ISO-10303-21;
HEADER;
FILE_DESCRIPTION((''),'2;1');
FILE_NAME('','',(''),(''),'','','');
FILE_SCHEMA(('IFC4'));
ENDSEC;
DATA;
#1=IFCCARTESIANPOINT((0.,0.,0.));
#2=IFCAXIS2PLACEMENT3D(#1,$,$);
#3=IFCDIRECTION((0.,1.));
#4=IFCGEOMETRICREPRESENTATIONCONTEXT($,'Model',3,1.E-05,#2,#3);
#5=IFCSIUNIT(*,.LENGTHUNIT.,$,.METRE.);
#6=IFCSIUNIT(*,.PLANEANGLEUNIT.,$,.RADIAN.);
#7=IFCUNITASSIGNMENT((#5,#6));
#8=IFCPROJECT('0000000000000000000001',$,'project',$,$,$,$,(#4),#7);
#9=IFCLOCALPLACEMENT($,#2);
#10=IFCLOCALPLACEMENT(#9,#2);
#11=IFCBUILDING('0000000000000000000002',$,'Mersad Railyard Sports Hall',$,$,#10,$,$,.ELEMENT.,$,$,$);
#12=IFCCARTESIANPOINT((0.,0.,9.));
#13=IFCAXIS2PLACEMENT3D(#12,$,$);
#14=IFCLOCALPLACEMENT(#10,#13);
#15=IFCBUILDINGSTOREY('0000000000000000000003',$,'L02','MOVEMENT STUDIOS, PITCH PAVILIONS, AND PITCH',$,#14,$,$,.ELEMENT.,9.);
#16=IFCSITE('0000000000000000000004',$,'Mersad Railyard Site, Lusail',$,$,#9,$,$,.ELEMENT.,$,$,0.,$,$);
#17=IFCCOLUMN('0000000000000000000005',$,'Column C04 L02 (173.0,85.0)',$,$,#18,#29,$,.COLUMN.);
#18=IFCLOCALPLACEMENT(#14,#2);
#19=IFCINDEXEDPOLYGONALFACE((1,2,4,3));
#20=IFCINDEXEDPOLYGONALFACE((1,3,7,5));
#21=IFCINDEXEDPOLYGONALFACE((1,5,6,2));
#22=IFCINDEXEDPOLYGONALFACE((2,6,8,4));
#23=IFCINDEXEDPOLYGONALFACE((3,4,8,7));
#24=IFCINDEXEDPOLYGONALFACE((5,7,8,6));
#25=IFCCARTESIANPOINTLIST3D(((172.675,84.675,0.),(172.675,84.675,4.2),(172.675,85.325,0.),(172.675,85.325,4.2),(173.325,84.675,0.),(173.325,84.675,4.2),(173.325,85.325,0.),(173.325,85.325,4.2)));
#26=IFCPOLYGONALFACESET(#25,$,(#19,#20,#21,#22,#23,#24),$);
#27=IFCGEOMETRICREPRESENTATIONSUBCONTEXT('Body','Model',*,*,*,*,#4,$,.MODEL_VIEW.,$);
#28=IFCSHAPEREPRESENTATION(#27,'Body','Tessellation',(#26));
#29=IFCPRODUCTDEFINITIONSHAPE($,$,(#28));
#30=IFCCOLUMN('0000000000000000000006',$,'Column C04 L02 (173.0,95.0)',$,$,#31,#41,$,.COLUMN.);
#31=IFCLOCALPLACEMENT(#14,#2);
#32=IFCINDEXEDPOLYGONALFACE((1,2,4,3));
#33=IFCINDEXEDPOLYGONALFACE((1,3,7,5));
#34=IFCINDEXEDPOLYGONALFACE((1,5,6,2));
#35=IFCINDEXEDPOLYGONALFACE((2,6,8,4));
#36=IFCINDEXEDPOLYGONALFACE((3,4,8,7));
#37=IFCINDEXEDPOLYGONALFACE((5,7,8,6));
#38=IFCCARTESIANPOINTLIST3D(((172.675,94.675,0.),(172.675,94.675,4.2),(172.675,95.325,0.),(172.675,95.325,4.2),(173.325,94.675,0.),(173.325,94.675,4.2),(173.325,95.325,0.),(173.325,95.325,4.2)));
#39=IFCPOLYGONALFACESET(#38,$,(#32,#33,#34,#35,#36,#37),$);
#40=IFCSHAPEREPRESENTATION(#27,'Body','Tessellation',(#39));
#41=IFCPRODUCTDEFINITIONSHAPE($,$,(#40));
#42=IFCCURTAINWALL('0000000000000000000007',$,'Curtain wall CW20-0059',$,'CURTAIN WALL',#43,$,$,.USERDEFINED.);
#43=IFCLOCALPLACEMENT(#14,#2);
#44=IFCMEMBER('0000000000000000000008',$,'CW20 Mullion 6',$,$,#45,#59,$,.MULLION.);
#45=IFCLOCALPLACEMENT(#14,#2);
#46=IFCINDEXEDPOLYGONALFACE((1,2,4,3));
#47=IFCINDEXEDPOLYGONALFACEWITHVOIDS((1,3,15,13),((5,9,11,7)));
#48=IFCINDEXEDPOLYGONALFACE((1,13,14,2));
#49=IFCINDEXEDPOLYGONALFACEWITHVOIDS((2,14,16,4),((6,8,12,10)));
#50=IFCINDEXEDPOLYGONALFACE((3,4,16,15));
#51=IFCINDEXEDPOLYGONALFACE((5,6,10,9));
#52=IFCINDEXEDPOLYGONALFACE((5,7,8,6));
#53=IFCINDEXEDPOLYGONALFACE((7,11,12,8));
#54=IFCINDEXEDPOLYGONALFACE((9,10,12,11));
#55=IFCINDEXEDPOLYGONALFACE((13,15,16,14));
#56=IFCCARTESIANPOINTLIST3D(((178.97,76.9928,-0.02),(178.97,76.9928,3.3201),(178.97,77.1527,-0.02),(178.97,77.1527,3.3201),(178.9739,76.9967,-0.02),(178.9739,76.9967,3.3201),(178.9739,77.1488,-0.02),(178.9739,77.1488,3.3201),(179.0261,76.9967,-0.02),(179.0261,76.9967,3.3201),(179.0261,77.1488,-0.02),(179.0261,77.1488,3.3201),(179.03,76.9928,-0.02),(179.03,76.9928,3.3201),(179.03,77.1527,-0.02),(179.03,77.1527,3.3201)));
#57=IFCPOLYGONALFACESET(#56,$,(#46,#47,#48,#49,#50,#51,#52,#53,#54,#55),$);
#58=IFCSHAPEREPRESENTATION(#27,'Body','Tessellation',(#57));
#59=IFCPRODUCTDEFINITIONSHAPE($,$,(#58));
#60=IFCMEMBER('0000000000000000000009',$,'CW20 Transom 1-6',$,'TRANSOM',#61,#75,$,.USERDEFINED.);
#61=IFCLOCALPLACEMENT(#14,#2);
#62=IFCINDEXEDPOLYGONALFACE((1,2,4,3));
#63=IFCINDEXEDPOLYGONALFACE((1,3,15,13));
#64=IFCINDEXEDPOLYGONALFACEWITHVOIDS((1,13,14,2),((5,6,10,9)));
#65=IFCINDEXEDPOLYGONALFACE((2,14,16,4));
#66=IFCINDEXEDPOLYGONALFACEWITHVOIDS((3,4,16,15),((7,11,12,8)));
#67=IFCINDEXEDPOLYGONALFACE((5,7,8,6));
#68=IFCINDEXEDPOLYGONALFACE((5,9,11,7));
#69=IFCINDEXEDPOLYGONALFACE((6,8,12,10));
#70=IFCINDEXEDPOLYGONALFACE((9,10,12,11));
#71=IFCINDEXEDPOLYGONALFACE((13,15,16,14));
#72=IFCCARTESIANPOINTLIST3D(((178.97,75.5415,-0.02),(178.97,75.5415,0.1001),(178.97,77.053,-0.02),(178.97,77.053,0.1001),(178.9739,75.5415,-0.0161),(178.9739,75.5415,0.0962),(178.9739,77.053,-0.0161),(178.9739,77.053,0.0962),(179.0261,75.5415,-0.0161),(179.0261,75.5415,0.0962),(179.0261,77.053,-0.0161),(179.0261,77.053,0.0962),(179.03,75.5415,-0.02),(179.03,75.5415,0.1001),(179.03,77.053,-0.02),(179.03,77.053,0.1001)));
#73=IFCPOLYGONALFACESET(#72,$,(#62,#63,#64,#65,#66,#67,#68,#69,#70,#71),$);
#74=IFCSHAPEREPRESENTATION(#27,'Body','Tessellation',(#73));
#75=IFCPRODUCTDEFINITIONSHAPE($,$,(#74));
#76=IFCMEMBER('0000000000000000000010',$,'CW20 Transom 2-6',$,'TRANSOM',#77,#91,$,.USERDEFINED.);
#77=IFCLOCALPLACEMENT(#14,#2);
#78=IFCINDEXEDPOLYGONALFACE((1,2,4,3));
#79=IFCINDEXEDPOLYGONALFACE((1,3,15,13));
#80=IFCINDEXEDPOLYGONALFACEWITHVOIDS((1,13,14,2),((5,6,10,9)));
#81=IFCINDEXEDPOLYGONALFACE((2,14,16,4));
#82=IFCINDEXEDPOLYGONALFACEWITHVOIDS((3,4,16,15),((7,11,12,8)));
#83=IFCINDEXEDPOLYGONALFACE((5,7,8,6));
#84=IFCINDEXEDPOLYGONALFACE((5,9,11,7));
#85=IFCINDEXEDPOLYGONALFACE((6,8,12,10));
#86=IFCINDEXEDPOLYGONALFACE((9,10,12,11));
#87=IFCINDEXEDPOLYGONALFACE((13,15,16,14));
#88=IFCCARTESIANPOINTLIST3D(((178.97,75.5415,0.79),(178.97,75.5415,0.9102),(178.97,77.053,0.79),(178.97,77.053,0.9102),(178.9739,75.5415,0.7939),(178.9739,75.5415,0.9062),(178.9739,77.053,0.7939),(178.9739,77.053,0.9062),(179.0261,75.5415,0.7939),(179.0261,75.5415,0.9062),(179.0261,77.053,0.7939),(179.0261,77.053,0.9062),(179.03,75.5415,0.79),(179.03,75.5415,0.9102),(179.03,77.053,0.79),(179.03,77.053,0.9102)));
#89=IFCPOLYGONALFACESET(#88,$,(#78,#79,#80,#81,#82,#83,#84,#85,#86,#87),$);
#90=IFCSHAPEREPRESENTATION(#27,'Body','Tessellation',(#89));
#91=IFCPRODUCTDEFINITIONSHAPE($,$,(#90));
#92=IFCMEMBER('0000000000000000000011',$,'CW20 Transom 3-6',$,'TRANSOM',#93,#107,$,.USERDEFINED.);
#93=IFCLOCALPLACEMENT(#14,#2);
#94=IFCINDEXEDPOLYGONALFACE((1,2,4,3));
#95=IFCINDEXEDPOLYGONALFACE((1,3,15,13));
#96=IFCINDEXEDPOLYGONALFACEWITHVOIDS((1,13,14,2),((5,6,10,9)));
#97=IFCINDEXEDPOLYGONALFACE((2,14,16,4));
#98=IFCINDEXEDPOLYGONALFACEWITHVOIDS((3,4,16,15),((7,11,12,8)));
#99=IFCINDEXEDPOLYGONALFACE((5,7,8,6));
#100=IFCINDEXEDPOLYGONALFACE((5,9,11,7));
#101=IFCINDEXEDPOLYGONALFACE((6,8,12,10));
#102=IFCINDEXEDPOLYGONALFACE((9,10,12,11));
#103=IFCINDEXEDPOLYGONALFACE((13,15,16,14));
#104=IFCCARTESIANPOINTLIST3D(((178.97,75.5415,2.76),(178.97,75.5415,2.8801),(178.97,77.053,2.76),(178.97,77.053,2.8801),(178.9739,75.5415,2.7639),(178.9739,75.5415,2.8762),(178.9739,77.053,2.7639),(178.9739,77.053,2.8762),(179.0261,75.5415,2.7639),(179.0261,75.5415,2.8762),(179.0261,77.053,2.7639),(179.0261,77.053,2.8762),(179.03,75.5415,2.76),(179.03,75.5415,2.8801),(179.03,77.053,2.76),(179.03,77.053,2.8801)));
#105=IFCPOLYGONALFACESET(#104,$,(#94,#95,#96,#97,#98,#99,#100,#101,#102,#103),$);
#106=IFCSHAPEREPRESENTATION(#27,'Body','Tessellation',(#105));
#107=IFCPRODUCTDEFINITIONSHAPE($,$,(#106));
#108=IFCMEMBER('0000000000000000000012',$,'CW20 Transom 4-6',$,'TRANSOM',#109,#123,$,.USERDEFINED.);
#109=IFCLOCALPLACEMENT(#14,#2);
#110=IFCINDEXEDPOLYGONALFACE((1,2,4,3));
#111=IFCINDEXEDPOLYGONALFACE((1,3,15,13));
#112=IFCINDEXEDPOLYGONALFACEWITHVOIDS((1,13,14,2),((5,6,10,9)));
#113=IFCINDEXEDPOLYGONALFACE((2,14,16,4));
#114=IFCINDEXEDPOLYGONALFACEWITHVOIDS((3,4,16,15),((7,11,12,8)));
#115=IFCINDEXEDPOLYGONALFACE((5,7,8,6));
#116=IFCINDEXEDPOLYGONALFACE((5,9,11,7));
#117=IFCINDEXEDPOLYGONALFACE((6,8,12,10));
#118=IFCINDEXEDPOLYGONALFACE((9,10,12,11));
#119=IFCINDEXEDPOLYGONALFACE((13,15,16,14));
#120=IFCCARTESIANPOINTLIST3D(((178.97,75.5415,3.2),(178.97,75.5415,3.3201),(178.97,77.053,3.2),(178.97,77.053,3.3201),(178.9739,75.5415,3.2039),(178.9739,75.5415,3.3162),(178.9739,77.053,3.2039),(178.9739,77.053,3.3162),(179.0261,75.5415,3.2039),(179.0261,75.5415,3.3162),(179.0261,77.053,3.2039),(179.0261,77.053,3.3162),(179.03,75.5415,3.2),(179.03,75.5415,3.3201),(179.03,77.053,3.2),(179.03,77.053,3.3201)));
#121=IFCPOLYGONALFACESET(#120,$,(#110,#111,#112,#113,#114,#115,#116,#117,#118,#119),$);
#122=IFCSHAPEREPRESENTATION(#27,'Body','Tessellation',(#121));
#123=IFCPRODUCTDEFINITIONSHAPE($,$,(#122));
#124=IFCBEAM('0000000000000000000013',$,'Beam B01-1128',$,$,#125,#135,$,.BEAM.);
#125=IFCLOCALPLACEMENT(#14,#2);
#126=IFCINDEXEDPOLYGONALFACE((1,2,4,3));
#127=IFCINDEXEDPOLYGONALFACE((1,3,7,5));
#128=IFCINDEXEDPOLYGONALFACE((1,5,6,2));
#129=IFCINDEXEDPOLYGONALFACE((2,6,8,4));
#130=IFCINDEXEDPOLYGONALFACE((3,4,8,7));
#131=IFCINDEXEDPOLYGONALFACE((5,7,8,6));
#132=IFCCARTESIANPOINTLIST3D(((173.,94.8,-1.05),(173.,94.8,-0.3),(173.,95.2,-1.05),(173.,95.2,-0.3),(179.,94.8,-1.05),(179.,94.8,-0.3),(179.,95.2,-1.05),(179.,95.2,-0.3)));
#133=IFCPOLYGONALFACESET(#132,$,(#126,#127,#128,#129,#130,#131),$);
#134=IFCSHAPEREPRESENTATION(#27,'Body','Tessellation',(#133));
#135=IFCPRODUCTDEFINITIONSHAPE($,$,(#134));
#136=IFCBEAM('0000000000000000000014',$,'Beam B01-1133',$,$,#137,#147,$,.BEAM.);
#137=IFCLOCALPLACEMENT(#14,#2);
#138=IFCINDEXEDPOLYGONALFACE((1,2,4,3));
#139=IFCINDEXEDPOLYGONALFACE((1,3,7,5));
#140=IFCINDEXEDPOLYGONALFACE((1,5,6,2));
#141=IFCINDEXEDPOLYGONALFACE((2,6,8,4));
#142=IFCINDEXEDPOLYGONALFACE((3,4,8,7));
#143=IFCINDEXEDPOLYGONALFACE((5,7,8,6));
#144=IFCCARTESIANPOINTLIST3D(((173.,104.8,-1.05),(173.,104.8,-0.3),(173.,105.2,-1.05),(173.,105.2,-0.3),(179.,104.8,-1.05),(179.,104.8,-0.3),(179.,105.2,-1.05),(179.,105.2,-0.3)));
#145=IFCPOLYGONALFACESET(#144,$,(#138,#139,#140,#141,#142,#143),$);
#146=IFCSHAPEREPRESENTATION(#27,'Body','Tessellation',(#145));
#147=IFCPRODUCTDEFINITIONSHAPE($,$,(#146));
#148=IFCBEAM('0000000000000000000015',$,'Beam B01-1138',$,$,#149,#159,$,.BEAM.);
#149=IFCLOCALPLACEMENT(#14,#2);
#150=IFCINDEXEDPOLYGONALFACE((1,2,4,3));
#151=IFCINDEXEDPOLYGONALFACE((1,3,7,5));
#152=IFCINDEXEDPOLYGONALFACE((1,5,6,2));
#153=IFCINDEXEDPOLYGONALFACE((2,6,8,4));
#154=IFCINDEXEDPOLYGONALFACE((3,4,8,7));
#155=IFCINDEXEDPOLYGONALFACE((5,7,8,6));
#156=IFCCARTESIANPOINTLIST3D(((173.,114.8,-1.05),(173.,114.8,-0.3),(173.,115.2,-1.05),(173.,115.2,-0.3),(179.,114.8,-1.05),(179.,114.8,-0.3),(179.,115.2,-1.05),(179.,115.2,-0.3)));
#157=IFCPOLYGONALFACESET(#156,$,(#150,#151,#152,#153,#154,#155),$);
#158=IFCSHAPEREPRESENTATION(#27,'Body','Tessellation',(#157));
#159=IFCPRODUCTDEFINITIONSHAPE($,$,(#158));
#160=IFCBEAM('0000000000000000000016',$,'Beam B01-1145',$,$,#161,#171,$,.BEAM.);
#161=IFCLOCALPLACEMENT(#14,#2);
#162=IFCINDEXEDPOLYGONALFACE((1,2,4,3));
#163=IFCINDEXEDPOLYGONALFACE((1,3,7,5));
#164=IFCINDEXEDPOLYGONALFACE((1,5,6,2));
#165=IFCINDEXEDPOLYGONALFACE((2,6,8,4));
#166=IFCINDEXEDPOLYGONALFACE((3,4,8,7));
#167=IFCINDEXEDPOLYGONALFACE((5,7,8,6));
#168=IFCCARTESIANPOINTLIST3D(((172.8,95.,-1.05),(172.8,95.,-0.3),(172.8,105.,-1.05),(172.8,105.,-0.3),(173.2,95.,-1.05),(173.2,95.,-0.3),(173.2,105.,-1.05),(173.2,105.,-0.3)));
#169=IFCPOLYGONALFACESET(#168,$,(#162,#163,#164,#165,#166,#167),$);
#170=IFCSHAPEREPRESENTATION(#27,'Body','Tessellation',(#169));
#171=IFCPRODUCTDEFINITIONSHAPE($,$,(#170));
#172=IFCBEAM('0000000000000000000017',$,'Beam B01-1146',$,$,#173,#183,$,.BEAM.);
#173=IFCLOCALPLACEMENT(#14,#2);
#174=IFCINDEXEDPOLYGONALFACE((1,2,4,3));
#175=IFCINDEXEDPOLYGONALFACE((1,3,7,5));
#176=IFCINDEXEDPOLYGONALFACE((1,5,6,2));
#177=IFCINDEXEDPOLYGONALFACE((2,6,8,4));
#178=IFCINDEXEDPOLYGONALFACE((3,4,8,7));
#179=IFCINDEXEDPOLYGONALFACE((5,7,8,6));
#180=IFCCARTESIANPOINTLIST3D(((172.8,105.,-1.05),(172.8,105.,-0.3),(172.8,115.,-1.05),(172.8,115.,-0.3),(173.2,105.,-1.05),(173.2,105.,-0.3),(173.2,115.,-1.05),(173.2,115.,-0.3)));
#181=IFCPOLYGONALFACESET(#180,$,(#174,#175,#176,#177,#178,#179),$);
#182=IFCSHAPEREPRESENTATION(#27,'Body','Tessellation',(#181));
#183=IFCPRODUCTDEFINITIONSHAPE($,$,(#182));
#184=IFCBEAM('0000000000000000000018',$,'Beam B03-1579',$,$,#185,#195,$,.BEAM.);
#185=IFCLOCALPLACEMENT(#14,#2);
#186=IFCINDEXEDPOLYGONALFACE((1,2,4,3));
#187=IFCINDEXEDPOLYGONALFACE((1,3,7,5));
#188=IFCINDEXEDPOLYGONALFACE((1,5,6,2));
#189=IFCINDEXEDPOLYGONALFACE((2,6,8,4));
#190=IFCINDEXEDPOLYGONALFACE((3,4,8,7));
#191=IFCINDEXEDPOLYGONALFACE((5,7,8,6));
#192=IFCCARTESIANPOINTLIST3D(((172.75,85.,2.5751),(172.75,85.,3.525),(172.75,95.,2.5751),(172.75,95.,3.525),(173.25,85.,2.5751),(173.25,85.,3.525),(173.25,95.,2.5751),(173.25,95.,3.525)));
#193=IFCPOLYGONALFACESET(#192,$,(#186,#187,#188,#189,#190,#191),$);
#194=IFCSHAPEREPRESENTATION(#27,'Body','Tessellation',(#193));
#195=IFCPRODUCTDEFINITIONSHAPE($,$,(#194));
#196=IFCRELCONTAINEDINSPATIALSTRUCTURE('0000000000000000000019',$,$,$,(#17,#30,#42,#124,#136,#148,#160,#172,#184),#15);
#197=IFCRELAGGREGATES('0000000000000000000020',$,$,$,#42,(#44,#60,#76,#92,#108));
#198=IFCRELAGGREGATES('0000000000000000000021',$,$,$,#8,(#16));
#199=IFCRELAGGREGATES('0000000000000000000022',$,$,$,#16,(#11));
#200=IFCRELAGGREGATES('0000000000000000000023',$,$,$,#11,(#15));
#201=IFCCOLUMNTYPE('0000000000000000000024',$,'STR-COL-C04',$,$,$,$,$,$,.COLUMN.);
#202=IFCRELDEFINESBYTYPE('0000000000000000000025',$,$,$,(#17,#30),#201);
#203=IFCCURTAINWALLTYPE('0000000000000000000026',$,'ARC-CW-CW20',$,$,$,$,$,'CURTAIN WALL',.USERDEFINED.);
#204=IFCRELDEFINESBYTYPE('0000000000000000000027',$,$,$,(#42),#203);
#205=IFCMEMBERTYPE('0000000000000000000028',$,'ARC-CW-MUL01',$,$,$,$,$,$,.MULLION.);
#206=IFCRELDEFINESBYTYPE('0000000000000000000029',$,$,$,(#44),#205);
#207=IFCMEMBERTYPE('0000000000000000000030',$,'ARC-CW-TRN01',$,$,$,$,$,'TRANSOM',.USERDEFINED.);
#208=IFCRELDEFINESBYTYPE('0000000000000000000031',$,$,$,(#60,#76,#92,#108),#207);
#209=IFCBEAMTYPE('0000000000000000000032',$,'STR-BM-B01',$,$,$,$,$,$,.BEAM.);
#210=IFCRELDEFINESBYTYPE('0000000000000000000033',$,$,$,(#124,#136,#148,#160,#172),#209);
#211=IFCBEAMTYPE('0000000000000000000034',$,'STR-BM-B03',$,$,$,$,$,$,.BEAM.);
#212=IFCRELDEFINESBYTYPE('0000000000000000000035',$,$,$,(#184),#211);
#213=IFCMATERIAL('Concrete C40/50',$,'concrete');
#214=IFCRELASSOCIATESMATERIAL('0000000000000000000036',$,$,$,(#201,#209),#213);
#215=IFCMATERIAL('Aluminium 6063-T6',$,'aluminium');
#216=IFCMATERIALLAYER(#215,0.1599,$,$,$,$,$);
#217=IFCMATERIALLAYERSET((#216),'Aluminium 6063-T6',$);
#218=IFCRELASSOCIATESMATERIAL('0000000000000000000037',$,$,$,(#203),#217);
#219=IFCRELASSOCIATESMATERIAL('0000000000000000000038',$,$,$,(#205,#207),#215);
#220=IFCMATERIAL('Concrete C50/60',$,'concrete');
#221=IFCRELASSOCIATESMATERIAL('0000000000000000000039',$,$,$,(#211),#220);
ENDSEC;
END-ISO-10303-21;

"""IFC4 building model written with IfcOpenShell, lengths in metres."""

from ifc_helpers import new_model, si_unit, direction, frame, origin, origin_2d, place, context, subcontext, project, spatial, rectangle, hollow_rectangle, extrude, material, layer, layer_set, material_profile, profile_set, type_object, element, aggregate, save


model = new_model("IFC4")

# Units and contexts
model_context = context("Model", 3, precision=1e-05, world=origin(), true_north=direction((0.0, 1.0)))
body_context = subcontext(model_context, "Body", "Model", "MODEL_VIEW")
ifc_project = project(units=[si_unit("LENGTHUNIT", "METRE"), si_unit("PLANEANGLEUNIT", "RADIAN")], contexts=[model_context])

# Site, building, storey
site_placement = place(None, origin())
site = spatial("IfcSite", under=ifc_project, at=site_placement, Name="Mersad Railyard Site, Lusail", CompositionType="ELEMENT", RefElevation=0.0)
building_placement = place(site_placement, origin())
building = spatial("IfcBuilding", under=site, at=building_placement, Name="Mersad Railyard Sports Hall", CompositionType="ELEMENT")
storey_placement = place(building_placement, frame((0.0, 0.0, 9.0)))
storey = spatial("IfcBuildingStorey", under=building, at=storey_placement, Name="L02", Description="MOVEMENT STUDIOS, PITCH PAVILIONS, AND PITCH", CompositionType="ELEMENT", Elevation=9.0)

# Columns
ifc_material_1 = material(Name="Concrete C40/50", Category="concrete")
ifc_material_profile_1 = material_profile(ifc_material_1, rectangle(XDim=0.6499, YDim=0.6499, at=origin_2d()), Name="RC 650x650")
ifc_profile_set_1 = profile_set([ifc_material_profile_1], Name="Concrete C40/50")
column_type = type_object("IfcColumnType", Name="STR-COL-C04", PredefinedType="COLUMN", material=ifc_profile_set_1)
for number, where, z_axis, x_axis, name in (
    (1, (173.0, 85.0, 0.0), (0.0, 0.0, 1.0), (1.0, 0.0, 0.0), "Column C04 L02 (173.0,85.0)"),
    (2, (173.0, 95.0, 0.0), (0.0, 0.0, 1.0), (1.0, 0.0, 0.0), "Column C04 L02 (173.0,95.0)"),
):
    element("IfcColumn", number, at=place(storey_placement, frame(where, z_axis=z_axis, x_axis=x_axis)), inside=storey, type_object=column_type, Name=name, PredefinedType="COLUMN", context=body_context, shape_type="SweptSolid", body=[
        extrude(rectangle(XDim=0.6499, YDim=0.6499, at=origin_2d()), origin(), (0.0, 0.0, 1.0), 4.2),
    ])

# Curtain wall, members
ifc_material_2 = material(Name="Aluminium 6063-T6", Category="aluminium")
ifc_layer_1 = layer(ifc_material_2, 0.1599)
ifc_layer_set_1 = layer_set([ifc_layer_1], Name="Aluminium 6063-T6")
curtain_wall_type = type_object("IfcCurtainWallType", Name="ARC-CW-CW20", ElementType="CURTAIN WALL", PredefinedType="USERDEFINED", material=ifc_layer_set_1)
curtain_wall_placement = place(storey_placement, origin())
curtain_wall = element("IfcCurtainWall", 3, at=curtain_wall_placement, inside=storey, type_object=curtain_wall_type, Name="Curtain wall CW20-0059", ObjectType="CURTAIN WALL", PredefinedType="USERDEFINED")
ifc_material_profile_2 = material_profile(ifc_material_2, hollow_rectangle(XDim=0.0601, YDim=0.1599, WallThickness=0.0039, at=origin_2d()), Name="AL MULLION 60x160x4")
ifc_profile_set_2 = profile_set([ifc_material_profile_2], Name="Aluminium 6063-T6")
member_type_1 = type_object("IfcMemberType", Name="ARC-CW-MUL01", PredefinedType="MULLION", material=ifc_profile_set_2)
member_1_placement = place(storey_placement, frame((179.0, 77.0728, -0.02), z_axis=(0.0, 0.0, 1.0), x_axis=(1.0, 0.0, 0.0)))
member_1 = element("IfcMember", 4, at=member_1_placement, type_object=member_type_1, Name="CW20 Mullion 6", PredefinedType="MULLION", context=body_context, shape_type="SweptSolid", body=[
    extrude(hollow_rectangle(XDim=0.0601, YDim=0.1599, WallThickness=0.0039, at=origin_2d()), origin(), (0.0, 0.0, 1.0), 3.3401),
])
ifc_material_profile_3 = material_profile(ifc_material_2, hollow_rectangle(XDim=0.0601, YDim=0.1201, WallThickness=0.0039, at=origin_2d()), Name="AL TRANSOM 60x120x4")
ifc_profile_set_3 = profile_set([ifc_material_profile_3], Name="Aluminium 6063-T6")
member_type_2 = type_object("IfcMemberType", Name="ARC-CW-TRN01", ElementType="TRANSOM", PredefinedType="USERDEFINED", material=ifc_profile_set_3)
member_2_placement = place(storey_placement, frame((179.0, 77.053, 0.04), z_axis=(0.0, -1.0, 0.0), x_axis=(1.0, 0.0, 0.0)))
member_2 = element("IfcMember", 5, at=member_2_placement, type_object=member_type_2, Name="CW20 Transom 1-6", ObjectType="TRANSOM", PredefinedType="USERDEFINED", context=body_context, shape_type="SweptSolid", body=[
    extrude(hollow_rectangle(XDim=0.0601, YDim=0.1201, WallThickness=0.0039, at=origin_2d()), origin(), (0.0, 0.0, 1.0), 1.5115),
])
member_3_placement = place(storey_placement, frame((179.0, 77.053, 0.8501), z_axis=(0.0, -1.0, 0.0), x_axis=(1.0, 0.0, 0.0)))
member_3 = element("IfcMember", 6, at=member_3_placement, type_object=member_type_2, Name="CW20 Transom 2-6", ObjectType="TRANSOM", PredefinedType="USERDEFINED", context=body_context, shape_type="SweptSolid", body=[
    extrude(hollow_rectangle(XDim=0.0601, YDim=0.1201, WallThickness=0.0039, at=origin_2d()), origin(), (0.0, 0.0, 1.0), 1.5115),
])
member_4_placement = place(storey_placement, frame((179.0, 77.053, 2.8201), z_axis=(0.0, -1.0, 0.0), x_axis=(1.0, 0.0, 0.0)))
member_4 = element("IfcMember", 7, at=member_4_placement, type_object=member_type_2, Name="CW20 Transom 3-6", ObjectType="TRANSOM", PredefinedType="USERDEFINED", context=body_context, shape_type="SweptSolid", body=[
    extrude(hollow_rectangle(XDim=0.0601, YDim=0.1201, WallThickness=0.0039, at=origin_2d()), origin(), (0.0, 0.0, 1.0), 1.5115),
])
member_5_placement = place(storey_placement, frame((179.0, 77.053, 3.26), z_axis=(0.0, -1.0, 0.0), x_axis=(1.0, 0.0, 0.0)))
member_5 = element("IfcMember", 8, at=member_5_placement, type_object=member_type_2, Name="CW20 Transom 4-6", ObjectType="TRANSOM", PredefinedType="USERDEFINED", context=body_context, shape_type="SweptSolid", body=[
    extrude(hollow_rectangle(XDim=0.0601, YDim=0.1201, WallThickness=0.0039, at=origin_2d()), origin(), (0.0, 0.0, 1.0), 1.5115),
])

# Beams
ifc_material_profile_4 = material_profile(ifc_material_1, rectangle(XDim=0.3999, YDim=0.75, at=origin_2d()), Name="RC 400x750")
ifc_profile_set_4 = profile_set([ifc_material_profile_4], Name="Concrete C40/50")
beam_type_1 = type_object("IfcBeamType", Name="STR-BM-B01", PredefinedType="BEAM", material=ifc_profile_set_4)
for number, where, z_axis, x_axis, name in (
    (9, (173.0, 95.0, -0.675), (1.0, 0.0, 0.0), (0.0, 1.0, 0.0), "Beam B01-1128"),
    (10, (173.0, 105.0, -0.675), (1.0, 0.0, 0.0), (0.0, 1.0, 0.0), "Beam B01-1133"),
    (11, (173.0, 115.0, -0.675), (1.0, 0.0, 0.0), (0.0, 1.0, 0.0), "Beam B01-1138"),
):
    element("IfcBeam", number, at=place(storey_placement, frame(where, z_axis=z_axis, x_axis=x_axis)), inside=storey, type_object=beam_type_1, Name=name, PredefinedType="BEAM", context=body_context, shape_type="SweptSolid", body=[
        extrude(rectangle(XDim=0.3999, YDim=0.75, at=origin_2d()), origin(), (0.0, 0.0, 1.0), 6.0),
    ])
for number, where, z_axis, x_axis, name in (
    (12, (173.0, 95.0, -0.675), (0.0, 1.0, 0.0), (-1.0, 0.0, 0.0), "Beam B01-1145"),
    (13, (173.0, 105.0, -0.675), (0.0, 1.0, 0.0), (-1.0, 0.0, 0.0), "Beam B01-1146"),
):
    element("IfcBeam", number, at=place(storey_placement, frame(where, z_axis=z_axis, x_axis=x_axis)), inside=storey, type_object=beam_type_1, Name=name, PredefinedType="BEAM", context=body_context, shape_type="SweptSolid", body=[
        extrude(rectangle(XDim=0.3999, YDim=0.75, at=origin_2d()), origin(), (0.0, 0.0, 1.0), 10.0),
    ])
ifc_material_3 = material(Name="Concrete C50/60", Category="concrete")
ifc_material_profile_5 = material_profile(ifc_material_3, rectangle(XDim=0.5, YDim=0.95, at=origin_2d()), Name="RC 500x950")
ifc_profile_set_5 = profile_set([ifc_material_profile_5], Name="Concrete C50/60")
beam_type_2 = type_object("IfcBeamType", Name="STR-BM-B03", PredefinedType="BEAM", material=ifc_profile_set_5)
beam_placement = place(storey_placement, frame((173.0, 85.0, 3.05), z_axis=(0.0, 1.0, 0.0), x_axis=(-1.0, 0.0, 0.0)))
element("IfcBeam", 14, at=beam_placement, inside=storey, type_object=beam_type_2, Name="Beam B03-1579", PredefinedType="BEAM", context=body_context, shape_type="SweptSolid", body=[
    extrude(rectangle(XDim=0.5, YDim=0.95, at=origin_2d()), origin(), (0.0, 0.0, 1.0), 10.0),
])

aggregate(curtain_wall, [member_1, member_2, member_3, member_4, member_5])

save(model, "model.ifc")
